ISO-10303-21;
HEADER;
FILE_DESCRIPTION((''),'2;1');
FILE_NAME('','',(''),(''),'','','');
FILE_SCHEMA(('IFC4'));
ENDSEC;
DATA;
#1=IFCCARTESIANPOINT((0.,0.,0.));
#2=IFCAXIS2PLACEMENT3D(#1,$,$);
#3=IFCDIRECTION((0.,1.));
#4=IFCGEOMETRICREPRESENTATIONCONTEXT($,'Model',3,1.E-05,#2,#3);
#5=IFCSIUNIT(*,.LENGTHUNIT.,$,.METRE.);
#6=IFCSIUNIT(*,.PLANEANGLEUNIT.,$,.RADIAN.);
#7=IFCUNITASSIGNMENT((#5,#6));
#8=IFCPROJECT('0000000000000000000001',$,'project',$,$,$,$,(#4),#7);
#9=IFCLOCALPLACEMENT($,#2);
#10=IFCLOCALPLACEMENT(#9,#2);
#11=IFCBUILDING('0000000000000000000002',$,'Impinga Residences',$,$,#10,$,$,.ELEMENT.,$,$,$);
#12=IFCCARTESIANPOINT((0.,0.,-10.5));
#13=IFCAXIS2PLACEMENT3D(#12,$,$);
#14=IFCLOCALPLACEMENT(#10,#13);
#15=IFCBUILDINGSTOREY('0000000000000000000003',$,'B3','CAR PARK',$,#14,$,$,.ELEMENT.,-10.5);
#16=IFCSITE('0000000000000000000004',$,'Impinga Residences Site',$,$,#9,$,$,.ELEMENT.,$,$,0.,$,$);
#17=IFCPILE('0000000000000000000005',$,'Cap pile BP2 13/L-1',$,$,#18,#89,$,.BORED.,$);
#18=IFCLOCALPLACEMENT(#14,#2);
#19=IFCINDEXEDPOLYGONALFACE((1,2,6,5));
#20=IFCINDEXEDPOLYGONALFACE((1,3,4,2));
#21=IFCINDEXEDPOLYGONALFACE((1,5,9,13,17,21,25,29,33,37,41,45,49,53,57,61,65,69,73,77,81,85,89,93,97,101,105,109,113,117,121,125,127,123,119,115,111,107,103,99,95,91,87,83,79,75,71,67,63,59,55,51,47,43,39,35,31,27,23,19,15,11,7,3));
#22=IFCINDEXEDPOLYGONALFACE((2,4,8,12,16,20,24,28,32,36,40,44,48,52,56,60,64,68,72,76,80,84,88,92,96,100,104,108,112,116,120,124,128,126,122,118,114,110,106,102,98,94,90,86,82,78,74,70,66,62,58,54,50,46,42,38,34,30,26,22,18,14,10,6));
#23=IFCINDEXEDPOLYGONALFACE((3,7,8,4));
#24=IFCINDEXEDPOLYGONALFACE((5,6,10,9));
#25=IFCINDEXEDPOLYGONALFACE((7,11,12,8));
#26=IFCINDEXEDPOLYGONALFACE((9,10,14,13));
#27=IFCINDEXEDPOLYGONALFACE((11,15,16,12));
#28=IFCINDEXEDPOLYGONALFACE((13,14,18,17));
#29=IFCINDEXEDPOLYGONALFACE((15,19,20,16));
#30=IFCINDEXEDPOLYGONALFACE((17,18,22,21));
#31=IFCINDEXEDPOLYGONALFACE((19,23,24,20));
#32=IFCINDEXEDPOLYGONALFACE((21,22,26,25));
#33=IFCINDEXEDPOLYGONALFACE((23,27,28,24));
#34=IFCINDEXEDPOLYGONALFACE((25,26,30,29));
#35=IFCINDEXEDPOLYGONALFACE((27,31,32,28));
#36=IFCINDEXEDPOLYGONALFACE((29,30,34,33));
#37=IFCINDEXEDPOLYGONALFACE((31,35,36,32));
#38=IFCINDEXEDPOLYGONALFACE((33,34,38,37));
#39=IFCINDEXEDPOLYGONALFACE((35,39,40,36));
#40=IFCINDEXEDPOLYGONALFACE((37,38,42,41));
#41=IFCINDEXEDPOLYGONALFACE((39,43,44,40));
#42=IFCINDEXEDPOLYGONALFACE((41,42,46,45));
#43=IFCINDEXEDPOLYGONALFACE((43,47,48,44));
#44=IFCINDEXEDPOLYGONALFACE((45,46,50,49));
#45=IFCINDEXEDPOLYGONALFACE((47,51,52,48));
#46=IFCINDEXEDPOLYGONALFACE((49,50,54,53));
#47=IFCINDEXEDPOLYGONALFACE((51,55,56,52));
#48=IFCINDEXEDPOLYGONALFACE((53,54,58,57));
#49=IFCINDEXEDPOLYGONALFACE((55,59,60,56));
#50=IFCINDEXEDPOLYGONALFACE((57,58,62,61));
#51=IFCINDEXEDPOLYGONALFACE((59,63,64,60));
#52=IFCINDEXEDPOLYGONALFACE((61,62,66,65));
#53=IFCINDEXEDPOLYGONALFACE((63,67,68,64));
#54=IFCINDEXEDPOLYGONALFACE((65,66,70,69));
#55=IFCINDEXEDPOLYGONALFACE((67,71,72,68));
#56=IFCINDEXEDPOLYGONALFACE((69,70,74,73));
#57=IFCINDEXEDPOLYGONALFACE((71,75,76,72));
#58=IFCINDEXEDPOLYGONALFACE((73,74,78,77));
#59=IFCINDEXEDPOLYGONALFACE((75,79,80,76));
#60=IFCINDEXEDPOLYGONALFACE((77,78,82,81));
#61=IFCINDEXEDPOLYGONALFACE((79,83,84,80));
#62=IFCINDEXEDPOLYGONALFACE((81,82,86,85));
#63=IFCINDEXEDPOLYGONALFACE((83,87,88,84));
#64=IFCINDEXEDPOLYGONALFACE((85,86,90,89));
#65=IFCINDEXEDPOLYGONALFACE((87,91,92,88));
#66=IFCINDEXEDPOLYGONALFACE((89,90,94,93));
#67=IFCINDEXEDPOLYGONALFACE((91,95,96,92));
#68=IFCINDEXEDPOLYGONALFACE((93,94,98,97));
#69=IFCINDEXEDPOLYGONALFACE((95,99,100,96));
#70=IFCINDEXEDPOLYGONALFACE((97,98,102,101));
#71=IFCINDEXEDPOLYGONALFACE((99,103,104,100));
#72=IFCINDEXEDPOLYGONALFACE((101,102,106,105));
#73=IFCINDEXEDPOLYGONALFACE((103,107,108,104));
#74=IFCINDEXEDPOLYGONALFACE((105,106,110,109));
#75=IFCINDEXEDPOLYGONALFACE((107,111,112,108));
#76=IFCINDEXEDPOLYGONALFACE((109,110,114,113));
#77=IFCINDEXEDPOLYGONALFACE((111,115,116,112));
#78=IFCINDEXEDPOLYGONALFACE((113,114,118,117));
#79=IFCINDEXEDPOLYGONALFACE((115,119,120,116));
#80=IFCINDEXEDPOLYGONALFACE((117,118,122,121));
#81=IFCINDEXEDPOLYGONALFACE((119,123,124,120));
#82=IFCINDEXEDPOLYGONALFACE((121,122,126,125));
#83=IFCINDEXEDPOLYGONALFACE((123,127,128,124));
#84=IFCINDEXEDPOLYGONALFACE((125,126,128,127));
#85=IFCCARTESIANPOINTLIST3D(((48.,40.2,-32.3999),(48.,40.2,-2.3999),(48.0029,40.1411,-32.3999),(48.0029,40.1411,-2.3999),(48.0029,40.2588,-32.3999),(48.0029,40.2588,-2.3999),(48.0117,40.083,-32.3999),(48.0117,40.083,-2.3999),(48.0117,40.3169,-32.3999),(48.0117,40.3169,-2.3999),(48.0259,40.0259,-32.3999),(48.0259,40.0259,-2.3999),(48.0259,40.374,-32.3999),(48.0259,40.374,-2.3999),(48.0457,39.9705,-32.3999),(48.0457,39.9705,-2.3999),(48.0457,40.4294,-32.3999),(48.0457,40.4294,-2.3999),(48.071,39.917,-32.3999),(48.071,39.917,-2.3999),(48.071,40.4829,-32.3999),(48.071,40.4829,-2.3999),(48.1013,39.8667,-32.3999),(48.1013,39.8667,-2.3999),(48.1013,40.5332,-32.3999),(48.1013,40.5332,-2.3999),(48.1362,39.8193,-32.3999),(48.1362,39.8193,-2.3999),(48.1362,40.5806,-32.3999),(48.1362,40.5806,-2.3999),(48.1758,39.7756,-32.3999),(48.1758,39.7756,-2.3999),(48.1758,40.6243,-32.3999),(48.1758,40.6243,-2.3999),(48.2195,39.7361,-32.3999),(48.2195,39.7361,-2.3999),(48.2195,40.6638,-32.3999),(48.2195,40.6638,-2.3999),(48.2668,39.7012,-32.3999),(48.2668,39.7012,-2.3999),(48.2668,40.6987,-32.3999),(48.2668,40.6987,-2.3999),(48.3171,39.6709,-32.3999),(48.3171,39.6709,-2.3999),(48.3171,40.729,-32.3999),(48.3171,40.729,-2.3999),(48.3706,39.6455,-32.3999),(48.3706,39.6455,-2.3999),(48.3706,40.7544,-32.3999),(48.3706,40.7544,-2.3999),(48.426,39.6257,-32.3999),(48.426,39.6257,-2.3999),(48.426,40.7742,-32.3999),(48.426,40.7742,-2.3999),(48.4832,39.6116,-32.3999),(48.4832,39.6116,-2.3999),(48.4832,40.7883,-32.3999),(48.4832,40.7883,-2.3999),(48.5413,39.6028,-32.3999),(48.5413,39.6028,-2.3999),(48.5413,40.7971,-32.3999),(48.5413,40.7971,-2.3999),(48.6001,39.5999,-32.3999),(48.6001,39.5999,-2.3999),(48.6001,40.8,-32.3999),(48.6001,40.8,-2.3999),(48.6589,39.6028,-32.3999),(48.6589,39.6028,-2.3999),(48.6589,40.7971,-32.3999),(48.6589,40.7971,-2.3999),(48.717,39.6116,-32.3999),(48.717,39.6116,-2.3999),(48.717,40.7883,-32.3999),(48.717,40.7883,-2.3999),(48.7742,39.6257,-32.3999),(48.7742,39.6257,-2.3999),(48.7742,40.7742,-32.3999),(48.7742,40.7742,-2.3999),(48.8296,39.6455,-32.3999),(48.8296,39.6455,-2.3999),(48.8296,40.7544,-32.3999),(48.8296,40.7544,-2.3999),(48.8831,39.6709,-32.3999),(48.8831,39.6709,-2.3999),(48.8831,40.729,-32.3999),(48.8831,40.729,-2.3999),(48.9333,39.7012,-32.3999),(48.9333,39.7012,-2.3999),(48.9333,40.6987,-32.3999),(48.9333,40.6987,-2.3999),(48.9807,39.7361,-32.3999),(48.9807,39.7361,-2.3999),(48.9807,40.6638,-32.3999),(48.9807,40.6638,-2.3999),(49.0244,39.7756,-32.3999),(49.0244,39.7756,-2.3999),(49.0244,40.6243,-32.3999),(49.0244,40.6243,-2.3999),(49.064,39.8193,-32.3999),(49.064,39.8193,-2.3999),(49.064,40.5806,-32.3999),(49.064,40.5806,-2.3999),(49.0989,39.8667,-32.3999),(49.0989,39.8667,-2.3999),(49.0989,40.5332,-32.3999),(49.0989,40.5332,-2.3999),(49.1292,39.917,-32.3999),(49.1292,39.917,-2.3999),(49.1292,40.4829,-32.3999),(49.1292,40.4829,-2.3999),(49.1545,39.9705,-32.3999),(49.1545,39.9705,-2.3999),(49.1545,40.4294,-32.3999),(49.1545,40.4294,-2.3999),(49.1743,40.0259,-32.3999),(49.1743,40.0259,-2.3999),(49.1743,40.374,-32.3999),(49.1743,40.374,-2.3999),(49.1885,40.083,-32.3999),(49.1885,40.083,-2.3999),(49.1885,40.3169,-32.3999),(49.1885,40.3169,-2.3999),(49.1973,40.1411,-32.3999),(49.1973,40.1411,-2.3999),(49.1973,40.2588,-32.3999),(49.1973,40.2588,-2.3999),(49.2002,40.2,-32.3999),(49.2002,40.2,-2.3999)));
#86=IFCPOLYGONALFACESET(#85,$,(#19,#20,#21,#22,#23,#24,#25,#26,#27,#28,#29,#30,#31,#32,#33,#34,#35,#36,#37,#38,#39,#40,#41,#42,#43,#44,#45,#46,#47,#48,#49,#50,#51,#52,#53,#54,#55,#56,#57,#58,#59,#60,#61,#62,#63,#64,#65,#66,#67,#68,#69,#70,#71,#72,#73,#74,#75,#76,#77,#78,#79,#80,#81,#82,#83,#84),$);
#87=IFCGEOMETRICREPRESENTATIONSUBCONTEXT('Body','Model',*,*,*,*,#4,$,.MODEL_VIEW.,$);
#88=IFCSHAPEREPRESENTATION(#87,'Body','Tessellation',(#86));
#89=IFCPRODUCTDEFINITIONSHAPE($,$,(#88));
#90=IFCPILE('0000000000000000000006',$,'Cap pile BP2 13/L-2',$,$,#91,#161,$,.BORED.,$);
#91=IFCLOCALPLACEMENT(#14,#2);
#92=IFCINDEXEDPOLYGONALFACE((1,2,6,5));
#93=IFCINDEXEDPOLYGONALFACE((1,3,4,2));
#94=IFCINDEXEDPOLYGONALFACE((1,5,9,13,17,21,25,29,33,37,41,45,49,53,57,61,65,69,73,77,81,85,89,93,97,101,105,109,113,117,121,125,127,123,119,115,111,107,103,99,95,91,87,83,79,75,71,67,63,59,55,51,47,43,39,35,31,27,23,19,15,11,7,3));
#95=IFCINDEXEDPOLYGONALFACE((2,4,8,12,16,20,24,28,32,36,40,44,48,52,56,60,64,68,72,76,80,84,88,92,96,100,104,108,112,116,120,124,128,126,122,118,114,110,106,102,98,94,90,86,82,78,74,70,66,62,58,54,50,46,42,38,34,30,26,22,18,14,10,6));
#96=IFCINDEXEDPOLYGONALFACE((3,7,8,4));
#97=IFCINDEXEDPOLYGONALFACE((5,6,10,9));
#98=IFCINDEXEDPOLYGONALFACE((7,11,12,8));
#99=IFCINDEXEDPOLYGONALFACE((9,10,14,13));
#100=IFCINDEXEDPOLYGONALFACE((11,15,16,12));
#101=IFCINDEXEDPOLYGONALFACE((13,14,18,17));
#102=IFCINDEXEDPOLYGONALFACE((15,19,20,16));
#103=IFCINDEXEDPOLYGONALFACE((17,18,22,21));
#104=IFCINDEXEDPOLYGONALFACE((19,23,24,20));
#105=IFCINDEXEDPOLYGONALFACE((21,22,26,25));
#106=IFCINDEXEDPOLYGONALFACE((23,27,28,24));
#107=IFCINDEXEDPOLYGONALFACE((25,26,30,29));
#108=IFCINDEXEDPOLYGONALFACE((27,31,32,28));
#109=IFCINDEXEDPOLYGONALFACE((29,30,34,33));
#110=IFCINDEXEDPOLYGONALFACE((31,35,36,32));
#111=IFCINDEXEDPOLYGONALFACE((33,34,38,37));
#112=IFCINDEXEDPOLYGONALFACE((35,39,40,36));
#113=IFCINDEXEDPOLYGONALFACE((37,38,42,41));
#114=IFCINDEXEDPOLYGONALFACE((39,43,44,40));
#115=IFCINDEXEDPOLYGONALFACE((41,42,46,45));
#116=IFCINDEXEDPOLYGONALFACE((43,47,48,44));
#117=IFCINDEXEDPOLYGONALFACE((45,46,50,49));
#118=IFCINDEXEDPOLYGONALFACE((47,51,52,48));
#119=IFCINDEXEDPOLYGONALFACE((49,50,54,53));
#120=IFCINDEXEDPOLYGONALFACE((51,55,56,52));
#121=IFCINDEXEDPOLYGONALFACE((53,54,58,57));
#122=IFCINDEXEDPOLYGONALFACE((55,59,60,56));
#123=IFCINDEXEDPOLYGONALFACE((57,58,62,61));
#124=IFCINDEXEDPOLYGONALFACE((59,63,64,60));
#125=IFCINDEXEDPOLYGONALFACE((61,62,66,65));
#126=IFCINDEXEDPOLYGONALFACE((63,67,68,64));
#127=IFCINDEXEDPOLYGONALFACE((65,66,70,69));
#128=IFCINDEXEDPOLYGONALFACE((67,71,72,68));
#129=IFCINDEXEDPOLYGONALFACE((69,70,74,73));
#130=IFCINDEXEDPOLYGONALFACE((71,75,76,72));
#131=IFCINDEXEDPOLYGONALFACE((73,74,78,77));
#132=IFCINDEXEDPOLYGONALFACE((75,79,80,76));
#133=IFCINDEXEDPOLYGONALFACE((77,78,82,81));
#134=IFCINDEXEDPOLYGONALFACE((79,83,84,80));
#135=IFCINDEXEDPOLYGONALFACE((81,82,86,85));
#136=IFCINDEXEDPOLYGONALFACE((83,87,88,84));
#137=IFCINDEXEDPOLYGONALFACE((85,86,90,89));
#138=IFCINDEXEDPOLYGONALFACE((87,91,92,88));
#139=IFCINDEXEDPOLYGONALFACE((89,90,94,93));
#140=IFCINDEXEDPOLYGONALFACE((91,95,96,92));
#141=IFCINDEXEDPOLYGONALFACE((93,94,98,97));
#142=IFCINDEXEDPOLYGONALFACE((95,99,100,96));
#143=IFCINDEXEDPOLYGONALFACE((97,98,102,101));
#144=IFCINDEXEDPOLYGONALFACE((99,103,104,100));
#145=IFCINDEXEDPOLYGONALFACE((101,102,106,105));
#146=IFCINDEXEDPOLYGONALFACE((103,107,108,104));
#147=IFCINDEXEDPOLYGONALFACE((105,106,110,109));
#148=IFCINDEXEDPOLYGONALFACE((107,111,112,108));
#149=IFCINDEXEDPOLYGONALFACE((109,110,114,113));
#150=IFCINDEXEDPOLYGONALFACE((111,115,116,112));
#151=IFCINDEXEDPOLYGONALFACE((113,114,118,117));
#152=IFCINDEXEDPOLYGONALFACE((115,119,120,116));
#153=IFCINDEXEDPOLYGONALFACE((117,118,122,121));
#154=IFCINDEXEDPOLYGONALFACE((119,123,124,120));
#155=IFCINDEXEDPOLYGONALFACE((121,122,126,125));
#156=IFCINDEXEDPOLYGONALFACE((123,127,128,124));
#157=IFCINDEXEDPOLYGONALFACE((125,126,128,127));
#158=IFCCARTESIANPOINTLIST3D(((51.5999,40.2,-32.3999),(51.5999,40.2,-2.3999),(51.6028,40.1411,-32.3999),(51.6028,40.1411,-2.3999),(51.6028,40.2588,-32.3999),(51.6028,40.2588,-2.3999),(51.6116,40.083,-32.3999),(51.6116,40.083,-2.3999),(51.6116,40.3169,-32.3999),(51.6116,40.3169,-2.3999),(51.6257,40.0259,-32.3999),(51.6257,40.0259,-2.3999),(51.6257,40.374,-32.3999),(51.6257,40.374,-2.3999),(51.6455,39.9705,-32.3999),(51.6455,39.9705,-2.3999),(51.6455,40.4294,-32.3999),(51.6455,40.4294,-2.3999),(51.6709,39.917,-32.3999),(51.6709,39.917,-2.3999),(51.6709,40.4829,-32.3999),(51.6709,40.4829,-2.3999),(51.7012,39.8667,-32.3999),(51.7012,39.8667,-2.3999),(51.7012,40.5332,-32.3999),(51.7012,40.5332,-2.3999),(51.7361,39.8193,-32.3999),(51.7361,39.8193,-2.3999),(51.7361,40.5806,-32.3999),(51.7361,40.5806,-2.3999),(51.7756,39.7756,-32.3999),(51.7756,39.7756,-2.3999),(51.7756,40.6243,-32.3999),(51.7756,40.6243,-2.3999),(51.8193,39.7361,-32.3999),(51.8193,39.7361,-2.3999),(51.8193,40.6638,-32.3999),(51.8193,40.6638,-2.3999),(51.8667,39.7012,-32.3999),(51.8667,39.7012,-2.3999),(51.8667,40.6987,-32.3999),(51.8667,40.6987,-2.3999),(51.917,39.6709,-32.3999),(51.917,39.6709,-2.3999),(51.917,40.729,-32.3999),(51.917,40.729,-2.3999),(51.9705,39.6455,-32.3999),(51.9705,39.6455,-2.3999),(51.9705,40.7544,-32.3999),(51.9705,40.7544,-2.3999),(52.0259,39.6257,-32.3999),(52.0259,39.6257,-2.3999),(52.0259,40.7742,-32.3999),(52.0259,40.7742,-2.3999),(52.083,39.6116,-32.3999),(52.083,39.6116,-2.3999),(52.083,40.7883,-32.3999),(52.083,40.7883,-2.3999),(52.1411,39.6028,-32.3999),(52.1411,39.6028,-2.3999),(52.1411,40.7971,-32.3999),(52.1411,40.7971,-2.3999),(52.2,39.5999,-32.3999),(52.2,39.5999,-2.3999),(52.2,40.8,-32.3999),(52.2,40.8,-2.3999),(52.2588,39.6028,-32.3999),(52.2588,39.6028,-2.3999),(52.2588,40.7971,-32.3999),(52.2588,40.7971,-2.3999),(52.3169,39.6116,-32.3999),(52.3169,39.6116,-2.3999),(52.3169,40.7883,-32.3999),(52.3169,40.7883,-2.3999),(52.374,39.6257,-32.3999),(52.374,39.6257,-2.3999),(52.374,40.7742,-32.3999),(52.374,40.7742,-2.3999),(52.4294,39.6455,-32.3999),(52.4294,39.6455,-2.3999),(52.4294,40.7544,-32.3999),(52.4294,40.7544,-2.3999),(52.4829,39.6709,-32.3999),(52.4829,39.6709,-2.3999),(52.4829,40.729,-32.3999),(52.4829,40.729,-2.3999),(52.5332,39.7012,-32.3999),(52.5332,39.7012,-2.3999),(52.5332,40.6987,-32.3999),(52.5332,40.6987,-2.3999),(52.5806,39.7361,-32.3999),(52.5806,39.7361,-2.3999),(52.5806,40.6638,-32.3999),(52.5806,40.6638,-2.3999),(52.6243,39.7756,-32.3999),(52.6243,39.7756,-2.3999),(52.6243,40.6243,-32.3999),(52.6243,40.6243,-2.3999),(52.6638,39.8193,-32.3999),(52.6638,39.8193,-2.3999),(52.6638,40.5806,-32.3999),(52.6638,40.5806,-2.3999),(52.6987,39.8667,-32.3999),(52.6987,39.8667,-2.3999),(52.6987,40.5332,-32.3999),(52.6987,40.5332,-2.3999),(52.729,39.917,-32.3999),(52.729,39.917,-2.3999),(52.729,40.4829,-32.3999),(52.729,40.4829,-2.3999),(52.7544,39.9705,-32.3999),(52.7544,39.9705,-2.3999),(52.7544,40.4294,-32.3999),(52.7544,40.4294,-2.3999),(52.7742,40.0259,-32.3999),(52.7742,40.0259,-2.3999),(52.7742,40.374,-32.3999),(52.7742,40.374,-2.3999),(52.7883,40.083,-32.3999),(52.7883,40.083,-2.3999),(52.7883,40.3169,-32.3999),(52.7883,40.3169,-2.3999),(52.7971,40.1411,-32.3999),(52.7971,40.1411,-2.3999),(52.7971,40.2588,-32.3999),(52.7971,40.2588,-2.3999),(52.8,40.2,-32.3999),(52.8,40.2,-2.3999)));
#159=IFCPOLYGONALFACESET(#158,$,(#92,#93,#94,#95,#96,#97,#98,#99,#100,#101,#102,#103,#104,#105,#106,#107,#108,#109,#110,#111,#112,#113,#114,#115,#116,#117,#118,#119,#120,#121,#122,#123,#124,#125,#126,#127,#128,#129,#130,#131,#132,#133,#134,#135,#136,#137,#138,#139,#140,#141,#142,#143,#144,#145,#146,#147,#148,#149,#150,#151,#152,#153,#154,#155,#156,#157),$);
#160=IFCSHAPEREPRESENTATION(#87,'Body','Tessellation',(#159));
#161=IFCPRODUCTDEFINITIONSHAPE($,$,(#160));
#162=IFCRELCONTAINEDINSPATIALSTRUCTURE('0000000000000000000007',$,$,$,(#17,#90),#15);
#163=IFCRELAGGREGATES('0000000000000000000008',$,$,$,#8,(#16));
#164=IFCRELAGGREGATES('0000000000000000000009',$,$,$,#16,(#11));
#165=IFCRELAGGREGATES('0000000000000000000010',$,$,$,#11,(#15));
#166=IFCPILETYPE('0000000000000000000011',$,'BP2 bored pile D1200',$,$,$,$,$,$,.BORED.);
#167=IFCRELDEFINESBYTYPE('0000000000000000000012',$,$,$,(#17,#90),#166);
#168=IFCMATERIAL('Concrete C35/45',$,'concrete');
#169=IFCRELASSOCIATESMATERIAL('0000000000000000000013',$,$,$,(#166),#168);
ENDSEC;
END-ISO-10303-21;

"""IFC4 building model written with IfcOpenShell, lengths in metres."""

from ifc_helpers import new_model, si_unit, direction, frame, origin, origin_2d, place, context, subcontext, project, spatial, polyline, circle, outline, extrude, material, material_profile, profile_set, type_object, element, save


model = new_model("IFC4")

# Units and contexts
model_context = context("Model", 3, precision=1e-05, world=origin(), true_north=direction((0.0, 1.0)))
body_context = subcontext(model_context, "Body", "Model", "MODEL_VIEW")
ifc_project = project(units=[si_unit("LENGTHUNIT", "METRE"), si_unit("PLANEANGLEUNIT", "RADIAN")], contexts=[model_context])

# Site, building, storey
site_placement = place(None, origin())
site = spatial("IfcSite", under=ifc_project, at=site_placement, Name="Impinga Residences Site", CompositionType="ELEMENT", RefElevation=0.0)
building_placement = place(site_placement, origin())
building = spatial("IfcBuilding", under=site, at=building_placement, Name="Impinga Residences", CompositionType="ELEMENT")
storey_placement = place(building_placement, frame((0.0, 0.0, -10.5)))
storey = spatial("IfcBuildingStorey", under=building, at=storey_placement, Name="B3", Description="CAR PARK", CompositionType="ELEMENT", Elevation=-10.5)

# Piles
ifc_material_1 = material(Name="Concrete C35/45", Category="concrete")
ifc_material_profile_1 = material_profile(ifc_material_1, circle(Radius=0.6001, at=origin_2d()), Name="D1200")
ifc_profile_set_1 = profile_set([ifc_material_profile_1], Name="Concrete C35/45")
pile_type = type_object("IfcPileType", Name="BP2 bored pile D1200", PredefinedType="BORED", material=ifc_profile_set_1)
pile_1_placement = place(storey_placement, frame((48.6001, 40.2, -2.3999), z_axis=(0.0, 0.0, -1.0), x_axis=(1.0, 0.0, 0.0)))
element("IfcPile", 1, at=pile_1_placement, inside=storey, type_object=pile_type, Name="Cap pile BP2 13/L-1", PredefinedType="BORED", context=body_context, shape_type="SweptSolid", body=[
    extrude(outline(polyline([(0.6001, 0.0), (0.5972, 0.0588), (0.5884, 0.1169), (0.5742, 0.1741), (0.5544, 0.2295), (0.5291, 0.283), (0.4988, 0.3333), (0.4639, 0.3806), (0.4243, 0.4243), (0.3806, 0.4639), (0.3333, 0.4988), (0.283, 0.5291), (0.2295, 0.5544), (0.1741, 0.5742), (0.1169, 0.5884), (0.0588, 0.5972), (0.0, 0.6001), (-0.0588, 0.5972), (-0.1169, 0.5884), (-0.1741, 0.5742), (-0.2295, 0.5544), (-0.283, 0.5291), (-0.3333, 0.4988), (-0.3806, 0.4639), (-0.4243, 0.4243), (-0.4639, 0.3806), (-0.4988, 0.3333), (-0.5291, 0.283), (-0.5544, 0.2295), (-0.5742, 0.1741), (-0.5884, 0.1169), (-0.5972, 0.0588), (-0.6001, 0.0), (-0.5972, -0.0588), (-0.5884, -0.1169), (-0.5742, -0.1741), (-0.5544, -0.2295), (-0.5291, -0.283), (-0.4988, -0.3333), (-0.4639, -0.3806), (-0.4243, -0.4243), (-0.3806, -0.4639), (-0.3333, -0.4988), (-0.283, -0.5291), (-0.2295, -0.5544), (-0.1741, -0.5742), (-0.1169, -0.5884), (-0.0588, -0.5972), (0.0, -0.6001), (0.0588, -0.5972), (0.1169, -0.5884), (0.1741, -0.5742), (0.2295, -0.5544), (0.283, -0.5291), (0.3333, -0.4988), (0.3806, -0.4639), (0.4243, -0.4243), (0.4639, -0.3806), (0.4988, -0.3333), (0.5291, -0.283), (0.5544, -0.2295), (0.5742, -0.1741), (0.5884, -0.1169), (0.5972, -0.0588), (0.6001, 0.0)])), origin(), (0.0, 0.0, 1.0), 30.0),
])
pile_2_placement = place(storey_placement, frame((52.2, 40.2, -2.3999), z_axis=(0.0, 0.0, -1.0), x_axis=(1.0, 0.0, 0.0)))
element("IfcPile", 2, at=pile_2_placement, inside=storey, type_object=pile_type, Name="Cap pile BP2 13/L-2", PredefinedType="BORED", context=body_context, shape_type="SweptSolid", body=[
    extrude(outline(polyline([(0.6001, 0.0), (0.5972, 0.0588), (0.5884, 0.1169), (0.5742, 0.1741), (0.5544, 0.2295), (0.5291, 0.283), (0.4988, 0.3333), (0.4639, 0.3806), (0.4243, 0.4243), (0.3806, 0.4639), (0.3333, 0.4988), (0.283, 0.5291), (0.2295, 0.5544), (0.1741, 0.5742), (0.1169, 0.5884), (0.0588, 0.5972), (0.0, 0.6001), (-0.0588, 0.5972), (-0.1169, 0.5884), (-0.1741, 0.5742), (-0.2295, 0.5544), (-0.283, 0.5291), (-0.3333, 0.4988), (-0.3806, 0.4639), (-0.4243, 0.4243), (-0.4639, 0.3806), (-0.4988, 0.3333), (-0.5291, 0.283), (-0.5544, 0.2295), (-0.5742, 0.1741), (-0.5884, 0.1169), (-0.5972, 0.0588), (-0.6001, 0.0), (-0.5972, -0.0588), (-0.5884, -0.1169), (-0.5742, -0.1741), (-0.5544, -0.2295), (-0.5291, -0.283), (-0.4988, -0.3333), (-0.4639, -0.3806), (-0.4243, -0.4243), (-0.3806, -0.4639), (-0.3333, -0.4988), (-0.283, -0.5291), (-0.2295, -0.5544), (-0.1741, -0.5742), (-0.1169, -0.5884), (-0.0588, -0.5972), (0.0, -0.6001), (0.0588, -0.5972), (0.1169, -0.5884), (0.1741, -0.5742), (0.2295, -0.5544), (0.283, -0.5291), (0.3333, -0.4988), (0.3806, -0.4639), (0.4243, -0.4243), (0.4639, -0.3806), (0.4988, -0.3333), (0.5291, -0.283), (0.5544, -0.2295), (0.5742, -0.1741), (0.5884, -0.1169), (0.5972, -0.0588), (0.6001, 0.0)])), origin(), (0.0, 0.0, 1.0), 30.0),
])

save(model, "model.ifc")
